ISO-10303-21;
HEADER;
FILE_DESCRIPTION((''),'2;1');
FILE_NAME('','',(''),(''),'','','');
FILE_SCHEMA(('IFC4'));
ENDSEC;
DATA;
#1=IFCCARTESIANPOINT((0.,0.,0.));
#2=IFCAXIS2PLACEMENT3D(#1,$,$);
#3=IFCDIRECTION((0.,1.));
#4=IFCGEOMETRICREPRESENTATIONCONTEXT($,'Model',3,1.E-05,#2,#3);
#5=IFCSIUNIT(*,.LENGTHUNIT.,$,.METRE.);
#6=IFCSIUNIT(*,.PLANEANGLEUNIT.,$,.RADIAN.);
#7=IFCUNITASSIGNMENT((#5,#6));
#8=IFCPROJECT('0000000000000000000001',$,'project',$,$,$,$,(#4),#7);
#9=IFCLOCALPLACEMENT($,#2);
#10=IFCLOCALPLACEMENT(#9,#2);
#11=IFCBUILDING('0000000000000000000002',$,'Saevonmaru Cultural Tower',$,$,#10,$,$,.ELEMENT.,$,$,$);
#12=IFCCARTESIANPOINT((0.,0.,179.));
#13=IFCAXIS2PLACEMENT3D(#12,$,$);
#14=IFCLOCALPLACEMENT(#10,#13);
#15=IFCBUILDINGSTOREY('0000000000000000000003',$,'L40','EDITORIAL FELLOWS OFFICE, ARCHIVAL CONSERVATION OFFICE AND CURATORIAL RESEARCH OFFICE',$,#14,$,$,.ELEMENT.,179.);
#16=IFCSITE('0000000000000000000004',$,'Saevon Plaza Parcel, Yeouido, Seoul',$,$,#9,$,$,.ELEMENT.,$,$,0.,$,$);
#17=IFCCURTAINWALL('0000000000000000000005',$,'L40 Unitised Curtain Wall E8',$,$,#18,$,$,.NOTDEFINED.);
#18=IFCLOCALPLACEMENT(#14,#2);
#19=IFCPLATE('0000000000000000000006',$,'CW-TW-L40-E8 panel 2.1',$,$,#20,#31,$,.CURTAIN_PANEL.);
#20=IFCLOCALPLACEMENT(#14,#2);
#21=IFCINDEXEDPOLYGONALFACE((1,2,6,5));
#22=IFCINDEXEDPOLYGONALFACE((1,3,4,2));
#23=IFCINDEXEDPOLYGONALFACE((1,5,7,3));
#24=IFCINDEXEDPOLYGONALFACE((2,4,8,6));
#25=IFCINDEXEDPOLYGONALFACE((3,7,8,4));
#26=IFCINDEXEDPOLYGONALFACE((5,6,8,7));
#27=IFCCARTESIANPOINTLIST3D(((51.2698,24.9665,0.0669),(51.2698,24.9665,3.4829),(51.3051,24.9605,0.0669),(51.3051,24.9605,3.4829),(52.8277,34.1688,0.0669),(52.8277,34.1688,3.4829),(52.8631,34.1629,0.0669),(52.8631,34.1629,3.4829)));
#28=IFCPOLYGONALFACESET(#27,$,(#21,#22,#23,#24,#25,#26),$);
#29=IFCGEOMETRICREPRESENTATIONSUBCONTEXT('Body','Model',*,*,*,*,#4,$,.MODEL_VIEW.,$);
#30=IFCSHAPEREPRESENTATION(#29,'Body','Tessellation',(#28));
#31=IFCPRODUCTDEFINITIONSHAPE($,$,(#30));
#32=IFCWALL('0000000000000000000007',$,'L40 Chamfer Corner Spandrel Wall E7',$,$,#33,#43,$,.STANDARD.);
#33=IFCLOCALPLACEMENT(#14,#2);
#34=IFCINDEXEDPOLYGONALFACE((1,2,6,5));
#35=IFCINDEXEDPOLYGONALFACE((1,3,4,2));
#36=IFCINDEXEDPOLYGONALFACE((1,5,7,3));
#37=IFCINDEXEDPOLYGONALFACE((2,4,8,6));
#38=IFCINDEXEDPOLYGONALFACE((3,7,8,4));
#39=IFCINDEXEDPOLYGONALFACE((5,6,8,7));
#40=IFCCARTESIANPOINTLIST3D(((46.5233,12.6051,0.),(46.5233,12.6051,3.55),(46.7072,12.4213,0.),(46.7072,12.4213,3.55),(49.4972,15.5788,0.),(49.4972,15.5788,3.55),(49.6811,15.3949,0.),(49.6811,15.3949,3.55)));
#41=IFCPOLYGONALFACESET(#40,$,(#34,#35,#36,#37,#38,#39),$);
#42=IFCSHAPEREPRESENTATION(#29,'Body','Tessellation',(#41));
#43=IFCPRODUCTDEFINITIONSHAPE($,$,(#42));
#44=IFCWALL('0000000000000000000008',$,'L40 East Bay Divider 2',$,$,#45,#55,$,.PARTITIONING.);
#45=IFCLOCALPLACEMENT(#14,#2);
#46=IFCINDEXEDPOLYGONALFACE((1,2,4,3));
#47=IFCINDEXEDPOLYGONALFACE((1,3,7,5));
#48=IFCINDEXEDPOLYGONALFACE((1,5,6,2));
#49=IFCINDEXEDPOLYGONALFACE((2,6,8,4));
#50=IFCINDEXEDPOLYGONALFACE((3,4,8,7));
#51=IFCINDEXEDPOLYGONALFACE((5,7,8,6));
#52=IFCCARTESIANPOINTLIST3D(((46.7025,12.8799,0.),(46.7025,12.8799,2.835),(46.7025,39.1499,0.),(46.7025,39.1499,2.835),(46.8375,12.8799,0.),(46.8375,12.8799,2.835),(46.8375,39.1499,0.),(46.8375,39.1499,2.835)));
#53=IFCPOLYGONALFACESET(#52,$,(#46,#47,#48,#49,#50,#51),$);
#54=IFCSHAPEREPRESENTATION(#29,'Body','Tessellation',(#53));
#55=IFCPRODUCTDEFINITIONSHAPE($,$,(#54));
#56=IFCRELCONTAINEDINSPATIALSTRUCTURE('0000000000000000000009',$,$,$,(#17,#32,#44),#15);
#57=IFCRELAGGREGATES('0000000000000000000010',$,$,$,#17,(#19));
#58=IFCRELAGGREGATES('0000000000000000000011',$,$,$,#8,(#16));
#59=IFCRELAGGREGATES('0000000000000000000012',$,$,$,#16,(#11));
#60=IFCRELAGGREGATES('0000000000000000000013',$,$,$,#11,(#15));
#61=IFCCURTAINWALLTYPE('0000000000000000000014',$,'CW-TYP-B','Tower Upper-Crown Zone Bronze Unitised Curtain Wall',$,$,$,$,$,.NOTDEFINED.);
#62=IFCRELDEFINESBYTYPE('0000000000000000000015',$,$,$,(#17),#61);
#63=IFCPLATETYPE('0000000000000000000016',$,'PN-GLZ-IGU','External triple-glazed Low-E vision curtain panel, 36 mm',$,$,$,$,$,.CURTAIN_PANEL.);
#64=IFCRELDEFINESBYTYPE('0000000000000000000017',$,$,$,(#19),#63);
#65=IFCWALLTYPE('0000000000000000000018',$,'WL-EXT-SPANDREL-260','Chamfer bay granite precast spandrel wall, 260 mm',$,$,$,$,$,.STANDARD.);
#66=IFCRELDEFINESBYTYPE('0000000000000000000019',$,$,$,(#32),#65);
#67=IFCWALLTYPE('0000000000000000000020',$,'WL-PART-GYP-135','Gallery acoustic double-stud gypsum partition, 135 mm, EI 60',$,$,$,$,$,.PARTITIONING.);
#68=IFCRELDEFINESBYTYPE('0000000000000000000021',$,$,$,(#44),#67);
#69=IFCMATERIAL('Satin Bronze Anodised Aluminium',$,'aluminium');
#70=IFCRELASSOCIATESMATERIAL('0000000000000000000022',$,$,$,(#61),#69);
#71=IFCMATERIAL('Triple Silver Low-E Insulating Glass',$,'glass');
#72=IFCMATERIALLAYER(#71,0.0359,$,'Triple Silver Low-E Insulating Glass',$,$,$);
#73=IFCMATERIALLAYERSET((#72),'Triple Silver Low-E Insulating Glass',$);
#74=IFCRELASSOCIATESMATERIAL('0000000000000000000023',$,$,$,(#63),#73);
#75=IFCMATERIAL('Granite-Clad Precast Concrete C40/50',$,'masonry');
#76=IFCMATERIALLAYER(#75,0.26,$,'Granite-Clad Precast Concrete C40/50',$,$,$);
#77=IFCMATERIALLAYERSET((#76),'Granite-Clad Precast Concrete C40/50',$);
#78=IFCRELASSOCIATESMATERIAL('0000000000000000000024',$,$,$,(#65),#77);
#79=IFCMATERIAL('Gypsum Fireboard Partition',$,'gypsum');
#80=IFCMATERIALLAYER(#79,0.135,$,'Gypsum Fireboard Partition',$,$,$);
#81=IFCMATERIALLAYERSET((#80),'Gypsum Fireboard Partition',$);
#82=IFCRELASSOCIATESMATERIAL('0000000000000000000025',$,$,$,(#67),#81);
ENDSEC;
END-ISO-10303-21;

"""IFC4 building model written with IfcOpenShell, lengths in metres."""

from ifc_helpers import new_model, si_unit, direction, frame, frame_2d, origin, origin_2d, place, context, subcontext, project, spatial, rectangle, extrude, material, layer, layer_set, type_object, element, aggregate, save


model = new_model("IFC4")

# Units and contexts
model_context = context("Model", 3, precision=1e-05, world=origin(), true_north=direction((0.0, 1.0)))
body_context = subcontext(model_context, "Body", "Model", "MODEL_VIEW")
ifc_project = project(units=[si_unit("LENGTHUNIT", "METRE"), si_unit("PLANEANGLEUNIT", "RADIAN")], contexts=[model_context])

# Site, building, storey
site_placement = place(None, origin())
site = spatial("IfcSite", under=ifc_project, at=site_placement, Name="Saevon Plaza Parcel, Yeouido, Seoul", CompositionType="ELEMENT", RefElevation=0.0)
building_placement = place(site_placement, origin())
building = spatial("IfcBuilding", under=site, at=building_placement, Name="Saevonmaru Cultural Tower", CompositionType="ELEMENT")
storey_placement = place(building_placement, frame((0.0, 0.0, 179.0)))
storey = spatial("IfcBuildingStorey", under=building, at=storey_placement, Name="L40", Description="EDITORIAL FELLOWS OFFICE, ARCHIVAL CONSERVATION OFFICE AND CURATORIAL RESEARCH OFFICE", CompositionType="ELEMENT", Elevation=179.0)

# Shared definitions
ifc_material_1 = material(Name="Satin Bronze Anodised Aluminium", Category="aluminium")
curtain_wall_type = type_object("IfcCurtainWallType", Name="CW-TYP-B", Description="Tower Upper-Crown Zone Bronze Unitised Curtain Wall", PredefinedType="NOTDEFINED", material=ifc_material_1)

# Curtain wall
curtain_wall_1_placement = place(storey_placement, origin())
curtain_wall_1 = element("IfcCurtainWall", 1, at=curtain_wall_1_placement, inside=storey, type_object=curtain_wall_type, Name="L40 Unitised Curtain Wall E8", PredefinedType="NOTDEFINED")

# Plate
ifc_material_2 = material(Name="Triple Silver Low-E Insulating Glass", Category="glass")
ifc_layer_1 = layer(ifc_material_2, 0.0359, Name="Triple Silver Low-E Insulating Glass")
ifc_layer_set_1 = layer_set([ifc_layer_1], Name="Triple Silver Low-E Insulating Glass")
plate_type_1 = type_object("IfcPlateType", Name="PN-GLZ-IGU", Description="External triple-glazed Low-E vision curtain panel, 36 mm", PredefinedType="CURTAIN_PANEL", material=ifc_layer_set_1)
plate_1_placement = place(storey_placement, frame((52.0664, 29.5647, 0.0669), z_axis=(0.0, 0.0, 1.0), x_axis=(0.166922, 0.98597, 0.0)))
plate_1 = element("IfcPlate", 2, at=plate_1_placement, type_object=plate_type_1, Name="CW-TW-L40-E8 panel 2.1", PredefinedType="CURTAIN_PANEL", context=body_context, shape_type="SweptSolid", body=[
    extrude(rectangle(XDim=9.3333, YDim=0.0359, at=origin_2d()), origin(), (0.0, 0.0, 1.0), 3.416),
])
aggregate(curtain_wall_1, [plate_1])

# Walls
ifc_material_3 = material(Name="Granite-Clad Precast Concrete C40/50", Category="masonry")
ifc_layer_2 = layer(ifc_material_3, 0.26, Name="Granite-Clad Precast Concrete C40/50")
ifc_layer_set_2 = layer_set([ifc_layer_2], Name="Granite-Clad Precast Concrete C40/50")
wall_type_1 = type_object("IfcWallType", Name="WL-EXT-SPANDREL-260", Description="Chamfer bay granite precast spandrel wall, 260 mm", PredefinedType="STANDARD", material=ifc_layer_set_2)
wall_1_placement = place(storey_placement, frame((46.6152, 12.5132, 0.0), z_axis=(0.0, 0.0, 1.0), x_axis=(0.707136, 0.707078, 0.0)))
element("IfcWall", 3, at=wall_1_placement, inside=storey, type_object=wall_type_1, Name="L40 Chamfer Corner Spandrel Wall E7", PredefinedType="STANDARD", context=body_context, shape_type="SweptSolid", body=[
    extrude(rectangle(XDim=4.2056, YDim=0.26, at=frame_2d((2.1028, 0.0))), origin(), (0.0, 0.0, 1.0), 3.55),
])
ifc_material_4 = material(Name="Gypsum Fireboard Partition", Category="gypsum")
ifc_layer_3 = layer(ifc_material_4, 0.135, Name="Gypsum Fireboard Partition")
ifc_layer_set_3 = layer_set([ifc_layer_3], Name="Gypsum Fireboard Partition")
wall_type_2 = type_object("IfcWallType", Name="WL-PART-GYP-135", Description="Gallery acoustic double-stud gypsum partition, 135 mm, EI 60", PredefinedType="PARTITIONING", material=ifc_layer_set_3)
wall_2_placement = place(storey_placement, frame((46.77, 12.8799, 0.0), z_axis=(0.0, 0.0, 1.0), x_axis=(0.0, 1.0, 0.0)))
element("IfcWall", 4, at=wall_2_placement, inside=storey, type_object=wall_type_2, Name="L40 East Bay Divider 2", PredefinedType="PARTITIONING", context=body_context, shape_type="SweptSolid", body=[
    extrude(rectangle(XDim=26.27, YDim=0.135, at=frame_2d((13.135, 0.0))), origin(), (0.0, 0.0, 1.0), 2.835),
])

save(model, "model.ifc")
